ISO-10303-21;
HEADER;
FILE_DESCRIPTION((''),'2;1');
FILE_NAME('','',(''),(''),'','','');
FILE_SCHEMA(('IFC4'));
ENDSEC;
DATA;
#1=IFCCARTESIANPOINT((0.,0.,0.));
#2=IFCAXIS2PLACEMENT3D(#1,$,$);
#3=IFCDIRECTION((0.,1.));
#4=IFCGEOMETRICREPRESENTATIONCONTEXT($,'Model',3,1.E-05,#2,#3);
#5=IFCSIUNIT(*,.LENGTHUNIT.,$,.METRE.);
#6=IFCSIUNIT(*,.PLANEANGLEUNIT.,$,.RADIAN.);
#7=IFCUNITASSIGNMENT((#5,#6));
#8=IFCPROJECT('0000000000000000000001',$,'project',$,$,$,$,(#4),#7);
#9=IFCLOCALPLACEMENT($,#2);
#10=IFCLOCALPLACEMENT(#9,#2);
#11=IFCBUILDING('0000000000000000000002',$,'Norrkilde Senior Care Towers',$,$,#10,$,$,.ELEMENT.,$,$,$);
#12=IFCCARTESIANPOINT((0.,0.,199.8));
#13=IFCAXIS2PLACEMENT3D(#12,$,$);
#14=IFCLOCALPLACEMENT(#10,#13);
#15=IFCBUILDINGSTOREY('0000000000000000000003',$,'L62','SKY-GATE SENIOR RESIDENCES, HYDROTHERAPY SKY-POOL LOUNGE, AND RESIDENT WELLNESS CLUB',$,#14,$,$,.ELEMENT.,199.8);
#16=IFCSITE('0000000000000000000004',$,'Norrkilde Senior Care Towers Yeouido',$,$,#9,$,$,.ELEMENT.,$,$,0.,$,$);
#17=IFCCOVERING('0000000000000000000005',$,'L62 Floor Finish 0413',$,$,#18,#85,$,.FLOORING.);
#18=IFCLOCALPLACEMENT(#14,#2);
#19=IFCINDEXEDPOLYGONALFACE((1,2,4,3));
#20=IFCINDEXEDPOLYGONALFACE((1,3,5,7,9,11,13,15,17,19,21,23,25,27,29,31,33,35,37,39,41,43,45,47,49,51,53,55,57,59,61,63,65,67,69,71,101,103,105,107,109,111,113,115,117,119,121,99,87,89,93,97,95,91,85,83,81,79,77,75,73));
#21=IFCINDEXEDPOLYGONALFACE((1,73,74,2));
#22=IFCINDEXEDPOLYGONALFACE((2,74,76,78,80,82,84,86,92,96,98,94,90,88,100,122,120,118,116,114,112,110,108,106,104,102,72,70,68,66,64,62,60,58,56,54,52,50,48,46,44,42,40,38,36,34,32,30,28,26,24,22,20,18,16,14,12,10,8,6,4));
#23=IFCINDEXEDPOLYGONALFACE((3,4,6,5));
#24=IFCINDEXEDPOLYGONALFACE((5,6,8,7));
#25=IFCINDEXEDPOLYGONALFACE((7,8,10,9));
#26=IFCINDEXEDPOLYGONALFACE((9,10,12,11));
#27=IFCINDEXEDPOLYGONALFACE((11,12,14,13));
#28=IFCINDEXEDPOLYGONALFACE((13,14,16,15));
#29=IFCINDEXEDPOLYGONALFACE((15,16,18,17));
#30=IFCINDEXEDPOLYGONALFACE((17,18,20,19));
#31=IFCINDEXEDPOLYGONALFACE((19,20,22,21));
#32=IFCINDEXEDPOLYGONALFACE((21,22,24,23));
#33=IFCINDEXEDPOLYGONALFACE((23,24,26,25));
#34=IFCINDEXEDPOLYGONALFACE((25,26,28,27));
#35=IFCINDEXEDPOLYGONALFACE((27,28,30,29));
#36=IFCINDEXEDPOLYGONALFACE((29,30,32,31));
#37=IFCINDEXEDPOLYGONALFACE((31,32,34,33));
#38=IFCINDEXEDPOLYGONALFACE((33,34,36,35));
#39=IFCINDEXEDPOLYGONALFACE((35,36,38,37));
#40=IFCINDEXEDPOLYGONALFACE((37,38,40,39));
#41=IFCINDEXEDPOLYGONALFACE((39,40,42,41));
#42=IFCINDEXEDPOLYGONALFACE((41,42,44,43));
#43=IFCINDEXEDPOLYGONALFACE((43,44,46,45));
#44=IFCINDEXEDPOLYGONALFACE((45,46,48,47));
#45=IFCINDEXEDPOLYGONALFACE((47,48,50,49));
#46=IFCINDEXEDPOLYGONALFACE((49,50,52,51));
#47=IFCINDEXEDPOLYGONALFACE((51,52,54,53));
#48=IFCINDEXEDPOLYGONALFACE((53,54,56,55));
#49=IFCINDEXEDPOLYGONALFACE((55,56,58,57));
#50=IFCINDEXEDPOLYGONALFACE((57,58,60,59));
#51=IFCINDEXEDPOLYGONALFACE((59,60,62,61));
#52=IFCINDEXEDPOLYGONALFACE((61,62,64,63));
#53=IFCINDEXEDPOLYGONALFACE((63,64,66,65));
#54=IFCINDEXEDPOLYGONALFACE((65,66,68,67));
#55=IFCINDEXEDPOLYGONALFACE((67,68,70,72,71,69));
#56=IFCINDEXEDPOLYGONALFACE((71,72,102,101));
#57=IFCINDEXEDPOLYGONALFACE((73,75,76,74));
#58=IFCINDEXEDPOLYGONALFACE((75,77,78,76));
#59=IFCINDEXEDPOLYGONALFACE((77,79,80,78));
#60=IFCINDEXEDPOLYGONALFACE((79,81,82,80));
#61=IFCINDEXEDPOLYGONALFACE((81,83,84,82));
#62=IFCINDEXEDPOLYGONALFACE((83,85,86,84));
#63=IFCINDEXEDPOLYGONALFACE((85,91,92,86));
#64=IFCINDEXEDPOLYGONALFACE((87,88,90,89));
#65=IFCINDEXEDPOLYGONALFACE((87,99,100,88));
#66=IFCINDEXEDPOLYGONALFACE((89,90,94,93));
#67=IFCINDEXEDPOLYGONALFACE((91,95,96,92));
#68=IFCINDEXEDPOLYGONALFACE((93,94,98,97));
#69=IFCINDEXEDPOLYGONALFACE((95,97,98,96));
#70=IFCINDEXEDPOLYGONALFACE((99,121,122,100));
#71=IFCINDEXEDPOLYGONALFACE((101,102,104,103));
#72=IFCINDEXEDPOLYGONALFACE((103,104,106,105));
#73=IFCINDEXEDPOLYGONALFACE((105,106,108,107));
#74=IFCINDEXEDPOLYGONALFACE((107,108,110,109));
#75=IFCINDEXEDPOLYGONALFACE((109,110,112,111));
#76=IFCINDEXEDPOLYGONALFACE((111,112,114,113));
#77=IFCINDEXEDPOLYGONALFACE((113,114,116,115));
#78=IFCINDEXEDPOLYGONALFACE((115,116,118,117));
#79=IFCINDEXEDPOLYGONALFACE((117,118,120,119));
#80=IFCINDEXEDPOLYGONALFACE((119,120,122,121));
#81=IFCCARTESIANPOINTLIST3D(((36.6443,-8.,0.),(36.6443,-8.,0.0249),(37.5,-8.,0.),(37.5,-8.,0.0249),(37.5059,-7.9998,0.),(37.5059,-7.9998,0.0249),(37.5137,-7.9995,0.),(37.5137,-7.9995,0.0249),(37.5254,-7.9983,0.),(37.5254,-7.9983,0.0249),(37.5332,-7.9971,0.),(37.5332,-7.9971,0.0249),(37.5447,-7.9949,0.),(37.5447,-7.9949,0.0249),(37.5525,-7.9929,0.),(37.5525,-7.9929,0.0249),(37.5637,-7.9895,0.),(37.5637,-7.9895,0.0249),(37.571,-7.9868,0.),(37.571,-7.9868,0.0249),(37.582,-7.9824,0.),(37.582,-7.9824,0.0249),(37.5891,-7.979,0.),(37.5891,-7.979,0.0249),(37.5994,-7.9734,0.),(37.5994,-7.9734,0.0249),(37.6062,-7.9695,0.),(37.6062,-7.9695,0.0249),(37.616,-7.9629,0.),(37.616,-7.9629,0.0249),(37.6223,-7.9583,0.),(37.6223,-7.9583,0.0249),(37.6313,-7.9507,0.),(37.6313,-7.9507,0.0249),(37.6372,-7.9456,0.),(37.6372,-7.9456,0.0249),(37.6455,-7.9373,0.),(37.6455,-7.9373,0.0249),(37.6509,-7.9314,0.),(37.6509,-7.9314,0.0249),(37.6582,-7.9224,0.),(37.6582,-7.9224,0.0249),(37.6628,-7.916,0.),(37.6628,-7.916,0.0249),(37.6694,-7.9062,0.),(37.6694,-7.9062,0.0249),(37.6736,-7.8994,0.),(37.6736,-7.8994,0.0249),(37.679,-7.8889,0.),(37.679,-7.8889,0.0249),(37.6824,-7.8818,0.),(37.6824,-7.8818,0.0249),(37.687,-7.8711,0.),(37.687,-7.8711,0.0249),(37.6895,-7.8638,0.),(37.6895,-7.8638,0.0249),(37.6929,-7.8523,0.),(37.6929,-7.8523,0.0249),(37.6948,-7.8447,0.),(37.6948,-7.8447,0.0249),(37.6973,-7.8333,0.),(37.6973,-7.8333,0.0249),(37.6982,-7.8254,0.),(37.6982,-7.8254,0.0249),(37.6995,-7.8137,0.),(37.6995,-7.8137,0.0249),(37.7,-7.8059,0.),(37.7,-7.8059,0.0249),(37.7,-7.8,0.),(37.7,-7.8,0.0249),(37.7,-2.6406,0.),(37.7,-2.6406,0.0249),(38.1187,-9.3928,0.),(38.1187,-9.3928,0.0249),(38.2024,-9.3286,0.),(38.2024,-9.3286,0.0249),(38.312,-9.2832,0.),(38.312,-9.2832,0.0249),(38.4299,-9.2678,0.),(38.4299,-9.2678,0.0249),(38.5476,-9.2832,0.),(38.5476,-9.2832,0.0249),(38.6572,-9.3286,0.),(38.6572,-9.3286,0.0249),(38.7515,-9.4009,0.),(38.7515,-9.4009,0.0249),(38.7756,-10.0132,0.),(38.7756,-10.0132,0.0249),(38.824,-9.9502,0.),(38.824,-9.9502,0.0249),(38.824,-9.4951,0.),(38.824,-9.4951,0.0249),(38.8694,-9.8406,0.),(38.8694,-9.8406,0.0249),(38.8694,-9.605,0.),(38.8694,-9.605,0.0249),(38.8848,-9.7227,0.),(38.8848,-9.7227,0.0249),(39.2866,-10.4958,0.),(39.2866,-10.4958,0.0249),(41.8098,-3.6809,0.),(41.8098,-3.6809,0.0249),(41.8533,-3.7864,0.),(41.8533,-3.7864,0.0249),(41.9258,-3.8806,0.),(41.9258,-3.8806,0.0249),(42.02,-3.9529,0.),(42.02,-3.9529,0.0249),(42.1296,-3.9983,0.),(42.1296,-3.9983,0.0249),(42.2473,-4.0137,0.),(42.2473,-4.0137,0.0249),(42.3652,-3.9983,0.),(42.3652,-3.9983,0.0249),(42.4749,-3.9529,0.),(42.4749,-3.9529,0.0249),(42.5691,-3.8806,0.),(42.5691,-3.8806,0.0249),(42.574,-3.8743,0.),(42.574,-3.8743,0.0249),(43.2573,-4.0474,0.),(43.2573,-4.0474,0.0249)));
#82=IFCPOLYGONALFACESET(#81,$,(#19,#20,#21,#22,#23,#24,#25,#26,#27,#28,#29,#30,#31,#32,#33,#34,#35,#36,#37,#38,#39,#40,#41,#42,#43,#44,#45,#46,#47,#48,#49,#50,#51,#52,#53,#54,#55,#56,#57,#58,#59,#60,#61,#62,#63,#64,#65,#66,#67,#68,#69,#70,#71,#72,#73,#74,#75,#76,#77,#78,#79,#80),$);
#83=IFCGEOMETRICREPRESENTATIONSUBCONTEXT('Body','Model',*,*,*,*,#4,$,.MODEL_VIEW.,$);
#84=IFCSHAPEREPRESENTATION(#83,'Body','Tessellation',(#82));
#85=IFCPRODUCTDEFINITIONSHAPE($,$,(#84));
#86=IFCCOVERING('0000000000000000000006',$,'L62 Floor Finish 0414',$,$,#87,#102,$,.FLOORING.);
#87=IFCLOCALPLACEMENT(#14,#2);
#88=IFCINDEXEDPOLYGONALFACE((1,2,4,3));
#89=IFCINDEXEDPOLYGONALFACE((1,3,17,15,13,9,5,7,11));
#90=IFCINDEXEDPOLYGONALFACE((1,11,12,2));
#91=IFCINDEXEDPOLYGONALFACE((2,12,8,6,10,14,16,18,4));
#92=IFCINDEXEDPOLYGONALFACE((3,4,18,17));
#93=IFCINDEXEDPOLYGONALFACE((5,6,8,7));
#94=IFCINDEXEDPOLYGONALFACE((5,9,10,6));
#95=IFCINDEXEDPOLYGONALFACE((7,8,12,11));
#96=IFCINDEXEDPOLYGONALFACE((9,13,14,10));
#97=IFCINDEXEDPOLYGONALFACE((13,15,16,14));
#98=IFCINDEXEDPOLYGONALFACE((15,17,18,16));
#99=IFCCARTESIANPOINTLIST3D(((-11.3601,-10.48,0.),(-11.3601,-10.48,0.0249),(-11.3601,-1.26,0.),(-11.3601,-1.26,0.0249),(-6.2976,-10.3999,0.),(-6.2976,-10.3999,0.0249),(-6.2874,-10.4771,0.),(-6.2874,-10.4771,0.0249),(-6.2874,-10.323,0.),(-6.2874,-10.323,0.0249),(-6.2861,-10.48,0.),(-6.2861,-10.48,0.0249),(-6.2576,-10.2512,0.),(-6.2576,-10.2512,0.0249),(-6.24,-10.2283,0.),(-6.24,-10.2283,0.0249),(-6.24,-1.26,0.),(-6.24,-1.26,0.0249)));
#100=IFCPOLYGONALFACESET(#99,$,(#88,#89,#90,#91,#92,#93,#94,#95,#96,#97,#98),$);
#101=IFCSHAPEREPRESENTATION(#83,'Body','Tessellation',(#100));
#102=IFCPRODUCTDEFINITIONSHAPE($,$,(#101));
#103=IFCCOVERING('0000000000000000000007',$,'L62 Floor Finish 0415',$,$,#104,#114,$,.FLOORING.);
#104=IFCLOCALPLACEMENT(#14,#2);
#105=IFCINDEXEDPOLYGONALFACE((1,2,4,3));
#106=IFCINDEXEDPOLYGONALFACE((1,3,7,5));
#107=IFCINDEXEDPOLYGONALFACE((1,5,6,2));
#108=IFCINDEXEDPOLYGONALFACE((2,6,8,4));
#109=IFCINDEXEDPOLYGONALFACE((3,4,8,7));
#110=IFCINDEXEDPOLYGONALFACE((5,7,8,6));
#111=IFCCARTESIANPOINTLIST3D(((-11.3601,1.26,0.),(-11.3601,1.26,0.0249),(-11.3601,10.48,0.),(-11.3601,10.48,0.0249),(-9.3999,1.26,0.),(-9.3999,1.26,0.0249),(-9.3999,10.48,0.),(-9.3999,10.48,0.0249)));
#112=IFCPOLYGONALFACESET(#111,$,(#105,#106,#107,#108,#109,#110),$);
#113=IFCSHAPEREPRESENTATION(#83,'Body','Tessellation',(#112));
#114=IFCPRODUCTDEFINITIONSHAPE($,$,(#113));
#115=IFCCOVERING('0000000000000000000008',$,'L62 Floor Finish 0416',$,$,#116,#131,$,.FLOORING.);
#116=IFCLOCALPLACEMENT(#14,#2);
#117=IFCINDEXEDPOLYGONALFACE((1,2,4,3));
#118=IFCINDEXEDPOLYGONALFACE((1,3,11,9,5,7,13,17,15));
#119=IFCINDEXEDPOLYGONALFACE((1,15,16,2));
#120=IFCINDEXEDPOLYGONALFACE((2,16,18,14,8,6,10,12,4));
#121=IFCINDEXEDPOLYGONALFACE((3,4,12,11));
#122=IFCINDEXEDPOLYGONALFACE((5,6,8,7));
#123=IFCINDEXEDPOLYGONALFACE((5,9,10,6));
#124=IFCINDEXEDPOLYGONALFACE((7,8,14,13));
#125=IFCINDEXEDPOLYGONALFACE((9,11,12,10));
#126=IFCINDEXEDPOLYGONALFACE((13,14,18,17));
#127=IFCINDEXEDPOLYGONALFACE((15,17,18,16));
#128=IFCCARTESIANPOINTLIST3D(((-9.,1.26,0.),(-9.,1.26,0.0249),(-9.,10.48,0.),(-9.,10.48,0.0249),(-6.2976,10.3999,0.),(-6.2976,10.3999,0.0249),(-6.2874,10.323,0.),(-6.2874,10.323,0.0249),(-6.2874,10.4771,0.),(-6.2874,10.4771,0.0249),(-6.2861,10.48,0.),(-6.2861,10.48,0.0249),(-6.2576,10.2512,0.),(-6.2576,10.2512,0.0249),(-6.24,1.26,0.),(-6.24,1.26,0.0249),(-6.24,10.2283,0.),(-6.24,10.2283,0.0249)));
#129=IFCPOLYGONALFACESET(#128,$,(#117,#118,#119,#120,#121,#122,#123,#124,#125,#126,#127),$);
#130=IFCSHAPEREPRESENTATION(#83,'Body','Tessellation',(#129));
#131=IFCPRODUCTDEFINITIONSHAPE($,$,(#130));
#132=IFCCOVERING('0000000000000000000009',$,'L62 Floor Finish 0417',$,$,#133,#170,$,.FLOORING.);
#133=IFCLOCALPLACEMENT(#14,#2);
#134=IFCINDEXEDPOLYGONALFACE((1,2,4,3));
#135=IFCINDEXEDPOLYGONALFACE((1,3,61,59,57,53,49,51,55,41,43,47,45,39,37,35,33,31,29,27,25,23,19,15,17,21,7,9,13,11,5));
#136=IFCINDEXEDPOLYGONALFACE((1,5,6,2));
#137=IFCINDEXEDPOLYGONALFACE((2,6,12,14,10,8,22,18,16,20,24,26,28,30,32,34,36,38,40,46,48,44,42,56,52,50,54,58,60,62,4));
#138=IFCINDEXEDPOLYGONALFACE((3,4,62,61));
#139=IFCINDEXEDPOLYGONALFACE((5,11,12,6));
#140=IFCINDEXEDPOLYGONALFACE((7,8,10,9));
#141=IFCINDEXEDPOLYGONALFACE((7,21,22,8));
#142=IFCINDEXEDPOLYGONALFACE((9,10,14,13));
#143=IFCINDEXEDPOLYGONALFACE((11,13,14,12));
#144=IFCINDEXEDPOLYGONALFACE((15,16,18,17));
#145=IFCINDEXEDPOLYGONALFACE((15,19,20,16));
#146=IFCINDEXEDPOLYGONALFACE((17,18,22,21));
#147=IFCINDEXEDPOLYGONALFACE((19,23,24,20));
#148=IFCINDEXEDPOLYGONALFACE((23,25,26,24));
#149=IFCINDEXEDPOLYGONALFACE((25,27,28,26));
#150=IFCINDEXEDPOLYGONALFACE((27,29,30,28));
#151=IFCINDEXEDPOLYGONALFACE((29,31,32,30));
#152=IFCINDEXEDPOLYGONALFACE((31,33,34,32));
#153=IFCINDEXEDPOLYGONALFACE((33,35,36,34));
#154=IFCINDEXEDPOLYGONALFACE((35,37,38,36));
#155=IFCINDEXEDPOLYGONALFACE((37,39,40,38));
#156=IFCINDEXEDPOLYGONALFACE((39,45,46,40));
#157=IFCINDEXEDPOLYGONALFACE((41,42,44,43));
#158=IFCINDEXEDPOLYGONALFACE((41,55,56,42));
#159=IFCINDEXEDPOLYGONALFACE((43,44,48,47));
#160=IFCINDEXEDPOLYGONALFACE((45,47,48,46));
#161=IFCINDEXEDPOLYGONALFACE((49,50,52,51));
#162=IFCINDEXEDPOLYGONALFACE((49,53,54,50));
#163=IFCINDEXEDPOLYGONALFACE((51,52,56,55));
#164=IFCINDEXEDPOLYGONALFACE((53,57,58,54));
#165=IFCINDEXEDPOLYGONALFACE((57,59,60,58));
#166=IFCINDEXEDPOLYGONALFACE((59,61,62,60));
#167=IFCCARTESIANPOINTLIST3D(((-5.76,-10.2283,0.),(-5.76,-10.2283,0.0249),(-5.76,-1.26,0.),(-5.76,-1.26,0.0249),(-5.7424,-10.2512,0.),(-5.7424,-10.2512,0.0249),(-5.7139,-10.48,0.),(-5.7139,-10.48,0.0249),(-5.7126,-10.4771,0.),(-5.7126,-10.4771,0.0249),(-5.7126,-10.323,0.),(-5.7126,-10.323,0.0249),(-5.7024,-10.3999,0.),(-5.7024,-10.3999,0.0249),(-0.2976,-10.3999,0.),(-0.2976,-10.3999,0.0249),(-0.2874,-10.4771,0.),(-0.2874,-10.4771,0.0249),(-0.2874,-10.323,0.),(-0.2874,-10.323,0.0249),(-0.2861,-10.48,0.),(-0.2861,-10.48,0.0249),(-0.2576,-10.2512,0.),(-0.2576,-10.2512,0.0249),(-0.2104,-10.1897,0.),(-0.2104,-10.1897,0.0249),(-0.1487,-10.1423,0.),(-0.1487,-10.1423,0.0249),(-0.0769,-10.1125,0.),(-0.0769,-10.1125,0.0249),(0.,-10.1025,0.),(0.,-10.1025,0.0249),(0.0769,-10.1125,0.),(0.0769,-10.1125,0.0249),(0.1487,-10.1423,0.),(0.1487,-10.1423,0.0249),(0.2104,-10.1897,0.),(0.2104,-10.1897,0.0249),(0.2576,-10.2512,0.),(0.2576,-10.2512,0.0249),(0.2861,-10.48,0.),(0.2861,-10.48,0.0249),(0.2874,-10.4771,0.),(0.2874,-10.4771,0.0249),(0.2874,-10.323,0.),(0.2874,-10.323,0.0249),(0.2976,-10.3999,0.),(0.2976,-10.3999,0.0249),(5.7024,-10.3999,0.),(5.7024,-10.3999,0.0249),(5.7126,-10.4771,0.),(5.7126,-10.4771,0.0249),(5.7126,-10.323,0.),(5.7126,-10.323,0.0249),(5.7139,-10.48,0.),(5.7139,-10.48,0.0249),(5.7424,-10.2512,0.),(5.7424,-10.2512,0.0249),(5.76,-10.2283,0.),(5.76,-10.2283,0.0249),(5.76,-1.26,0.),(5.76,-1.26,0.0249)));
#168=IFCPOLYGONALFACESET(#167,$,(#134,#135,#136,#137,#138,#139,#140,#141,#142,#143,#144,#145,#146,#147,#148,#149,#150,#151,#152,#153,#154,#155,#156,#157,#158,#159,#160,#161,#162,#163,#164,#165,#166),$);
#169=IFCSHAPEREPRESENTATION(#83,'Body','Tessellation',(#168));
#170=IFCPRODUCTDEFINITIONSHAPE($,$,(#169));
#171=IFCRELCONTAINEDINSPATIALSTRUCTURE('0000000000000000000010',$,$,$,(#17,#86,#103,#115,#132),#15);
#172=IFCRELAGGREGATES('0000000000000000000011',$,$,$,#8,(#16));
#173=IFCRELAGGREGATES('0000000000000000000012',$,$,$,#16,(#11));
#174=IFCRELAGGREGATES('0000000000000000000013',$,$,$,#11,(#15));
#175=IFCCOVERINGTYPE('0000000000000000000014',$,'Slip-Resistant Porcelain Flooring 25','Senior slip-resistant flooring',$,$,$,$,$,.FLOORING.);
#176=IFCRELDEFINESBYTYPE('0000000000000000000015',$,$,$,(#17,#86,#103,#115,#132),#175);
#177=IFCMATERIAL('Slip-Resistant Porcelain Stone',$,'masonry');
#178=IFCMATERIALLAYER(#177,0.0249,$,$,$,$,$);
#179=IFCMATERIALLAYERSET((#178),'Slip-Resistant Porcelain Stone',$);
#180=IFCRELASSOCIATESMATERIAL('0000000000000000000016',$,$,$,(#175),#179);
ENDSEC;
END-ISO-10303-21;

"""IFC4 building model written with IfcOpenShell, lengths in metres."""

from ifc_helpers import new_model, si_unit, direction, frame, origin, place, context, subcontext, project, spatial, polyline, outline, extrude, material, layer, layer_set, type_object, element, save


model = new_model("IFC4")

# Units and contexts
model_context = context("Model", 3, precision=1e-05, world=origin(), true_north=direction((0.0, 1.0)))
body_context = subcontext(model_context, "Body", "Model", "MODEL_VIEW")
ifc_project = project(units=[si_unit("LENGTHUNIT", "METRE"), si_unit("PLANEANGLEUNIT", "RADIAN")], contexts=[model_context])

# Site, building, storey
site_placement = place(None, origin())
site = spatial("IfcSite", under=ifc_project, at=site_placement, Name="Norrkilde Senior Care Towers Yeouido", CompositionType="ELEMENT", RefElevation=0.0)
building_placement = place(site_placement, origin())
building = spatial("IfcBuilding", under=site, at=building_placement, Name="Norrkilde Senior Care Towers", CompositionType="ELEMENT")
storey_placement = place(building_placement, frame((0.0, 0.0, 199.8)))
storey = spatial("IfcBuildingStorey", under=building, at=storey_placement, Name="L62", Description="SKY-GATE SENIOR RESIDENCES, HYDROTHERAPY SKY-POOL LOUNGE, AND RESIDENT WELLNESS CLUB", CompositionType="ELEMENT", Elevation=199.8)

# Coverings
ifc_material_1 = material(Name="Slip-Resistant Porcelain Stone", Category="masonry")
ifc_layer_1 = layer(ifc_material_1, 0.0249)
ifc_layer_set_1 = layer_set([ifc_layer_1], Name="Slip-Resistant Porcelain Stone")
covering_type_1 = type_object("IfcCoveringType", Name="Slip-Resistant Porcelain Flooring 25", Description="Senior slip-resistant flooring", PredefinedType="FLOORING", material=ifc_layer_set_1)
covering_1_placement = place(storey_placement, origin())
element("IfcCovering", 1, at=covering_1_placement, inside=storey, type_object=covering_type_1, Name="L62 Floor Finish 0413", PredefinedType="FLOORING", context=body_context, shape_type="SweptSolid", body=[
    extrude(outline(polyline([(37.5525, -7.9929), (37.5637, -7.9895), (37.571, -7.9868), (37.582, -7.9824), (37.5891, -7.979), (37.5994, -7.9734), (37.6062, -7.9695), (37.616, -7.9629), (37.6223, -7.9583), (37.6313, -7.9507), (37.6372, -7.9456), (37.6455, -7.9373), (37.6509, -7.9314), (37.6582, -7.9224), (37.6628, -7.916), (37.6694, -7.9062), (37.6736, -7.8994), (37.679, -7.8889), (37.6824, -7.8818), (37.687, -7.8711), (37.6895, -7.8638), (37.6929, -7.8523), (37.6948, -7.8447), (37.6973, -7.8333), (37.6982, -7.8254), (37.6995, -7.8137), (37.7, -7.8059), (37.7, -7.8), (37.7, -2.6406), (41.8098, -3.6809), (41.8533, -3.7864), (41.9258, -3.8806), (42.02, -3.9529), (42.1296, -3.9983), (42.2473, -4.0137), (42.3652, -3.9983), (42.4749, -3.9529), (42.5691, -3.8806), (42.574, -3.8743), (43.2573, -4.0474), (39.2866, -10.4958), (38.7756, -10.0132), (38.824, -9.9502), (38.8694, -9.8406), (38.8848, -9.7227), (38.8694, -9.605), (38.824, -9.4951), (38.7515, -9.4009), (38.6572, -9.3286), (38.5476, -9.2832), (38.4299, -9.2678), (38.312, -9.2832), (38.2024, -9.3286), (38.1187, -9.3928), (36.6443, -8.0), (37.5, -8.0), (37.5059, -7.9998), (37.5137, -7.9995), (37.5254, -7.9983), (37.5332, -7.9971), (37.5447, -7.9949), (37.5525, -7.9929)])), origin(), (0.0, 0.0, 1.0), 0.0249),
])
covering_2_placement = place(storey_placement, origin())
element("IfcCovering", 2, at=covering_2_placement, inside=storey, type_object=covering_type_1, Name="L62 Floor Finish 0414", PredefinedType="FLOORING", context=body_context, shape_type="SweptSolid", body=[
    extrude(outline(polyline([(-11.3601, -1.26), (-6.24, -1.26), (-6.24, -10.2283), (-6.2576, -10.2512), (-6.2874, -10.323), (-6.2976, -10.3999), (-6.2874, -10.4771), (-6.2861, -10.48), (-11.3601, -10.48), (-11.3601, -1.26)])), origin(), (0.0, 0.0, 1.0), 0.0249),
])
covering_3_placement = place(storey_placement, origin())
element("IfcCovering", 3, at=covering_3_placement, inside=storey, type_object=covering_type_1, Name="L62 Floor Finish 0415", PredefinedType="FLOORING", context=body_context, shape_type="SweptSolid", body=[
    extrude(outline(polyline([(-11.3601, 1.26), (-11.3601, 10.48), (-9.3999, 10.48), (-9.3999, 1.26), (-11.3601, 1.26)])), origin(), (0.0, 0.0, 1.0), 0.0249),
])
covering_4_placement = place(storey_placement, origin())
element("IfcCovering", 4, at=covering_4_placement, inside=storey, type_object=covering_type_1, Name="L62 Floor Finish 0416", PredefinedType="FLOORING", context=body_context, shape_type="SweptSolid", body=[
    extrude(outline(polyline([(-9.0, 10.48), (-6.2861, 10.48), (-6.2874, 10.4771), (-6.2976, 10.3999), (-6.2874, 10.323), (-6.2576, 10.2512), (-6.24, 10.2283), (-6.24, 1.26), (-9.0, 1.26), (-9.0, 10.48)])), origin(), (0.0, 0.0, 1.0), 0.0249),
])
covering_5_placement = place(storey_placement, origin())
element("IfcCovering", 5, at=covering_5_placement, inside=storey, type_object=covering_type_1, Name="L62 Floor Finish 0417", PredefinedType="FLOORING", context=body_context, shape_type="SweptSolid", body=[
    extrude(outline(polyline([(5.76, -10.2283), (5.7424, -10.2512), (5.7126, -10.323), (5.7024, -10.3999), (5.7126, -10.4771), (5.7139, -10.48), (0.2861, -10.48), (0.2874, -10.4771), (0.2976, -10.3999), (0.2874, -10.323), (0.2576, -10.2512), (0.2104, -10.1897), (0.1487, -10.1423), (0.0769, -10.1125), (0.0, -10.1025), (-0.0769, -10.1125), (-0.1487, -10.1423), (-0.2104, -10.1897), (-0.2576, -10.2512), (-0.2874, -10.323), (-0.2976, -10.3999), (-0.2874, -10.4771), (-0.2861, -10.48), (-5.7139, -10.48), (-5.7126, -10.4771), (-5.7024, -10.3999), (-5.7126, -10.323), (-5.7424, -10.2512), (-5.76, -10.2283), (-5.76, -1.26), (5.76, -1.26), (5.76, -10.2283)])), origin(), (0.0, 0.0, 1.0), 0.0249),
])

save(model, "model.ifc")
